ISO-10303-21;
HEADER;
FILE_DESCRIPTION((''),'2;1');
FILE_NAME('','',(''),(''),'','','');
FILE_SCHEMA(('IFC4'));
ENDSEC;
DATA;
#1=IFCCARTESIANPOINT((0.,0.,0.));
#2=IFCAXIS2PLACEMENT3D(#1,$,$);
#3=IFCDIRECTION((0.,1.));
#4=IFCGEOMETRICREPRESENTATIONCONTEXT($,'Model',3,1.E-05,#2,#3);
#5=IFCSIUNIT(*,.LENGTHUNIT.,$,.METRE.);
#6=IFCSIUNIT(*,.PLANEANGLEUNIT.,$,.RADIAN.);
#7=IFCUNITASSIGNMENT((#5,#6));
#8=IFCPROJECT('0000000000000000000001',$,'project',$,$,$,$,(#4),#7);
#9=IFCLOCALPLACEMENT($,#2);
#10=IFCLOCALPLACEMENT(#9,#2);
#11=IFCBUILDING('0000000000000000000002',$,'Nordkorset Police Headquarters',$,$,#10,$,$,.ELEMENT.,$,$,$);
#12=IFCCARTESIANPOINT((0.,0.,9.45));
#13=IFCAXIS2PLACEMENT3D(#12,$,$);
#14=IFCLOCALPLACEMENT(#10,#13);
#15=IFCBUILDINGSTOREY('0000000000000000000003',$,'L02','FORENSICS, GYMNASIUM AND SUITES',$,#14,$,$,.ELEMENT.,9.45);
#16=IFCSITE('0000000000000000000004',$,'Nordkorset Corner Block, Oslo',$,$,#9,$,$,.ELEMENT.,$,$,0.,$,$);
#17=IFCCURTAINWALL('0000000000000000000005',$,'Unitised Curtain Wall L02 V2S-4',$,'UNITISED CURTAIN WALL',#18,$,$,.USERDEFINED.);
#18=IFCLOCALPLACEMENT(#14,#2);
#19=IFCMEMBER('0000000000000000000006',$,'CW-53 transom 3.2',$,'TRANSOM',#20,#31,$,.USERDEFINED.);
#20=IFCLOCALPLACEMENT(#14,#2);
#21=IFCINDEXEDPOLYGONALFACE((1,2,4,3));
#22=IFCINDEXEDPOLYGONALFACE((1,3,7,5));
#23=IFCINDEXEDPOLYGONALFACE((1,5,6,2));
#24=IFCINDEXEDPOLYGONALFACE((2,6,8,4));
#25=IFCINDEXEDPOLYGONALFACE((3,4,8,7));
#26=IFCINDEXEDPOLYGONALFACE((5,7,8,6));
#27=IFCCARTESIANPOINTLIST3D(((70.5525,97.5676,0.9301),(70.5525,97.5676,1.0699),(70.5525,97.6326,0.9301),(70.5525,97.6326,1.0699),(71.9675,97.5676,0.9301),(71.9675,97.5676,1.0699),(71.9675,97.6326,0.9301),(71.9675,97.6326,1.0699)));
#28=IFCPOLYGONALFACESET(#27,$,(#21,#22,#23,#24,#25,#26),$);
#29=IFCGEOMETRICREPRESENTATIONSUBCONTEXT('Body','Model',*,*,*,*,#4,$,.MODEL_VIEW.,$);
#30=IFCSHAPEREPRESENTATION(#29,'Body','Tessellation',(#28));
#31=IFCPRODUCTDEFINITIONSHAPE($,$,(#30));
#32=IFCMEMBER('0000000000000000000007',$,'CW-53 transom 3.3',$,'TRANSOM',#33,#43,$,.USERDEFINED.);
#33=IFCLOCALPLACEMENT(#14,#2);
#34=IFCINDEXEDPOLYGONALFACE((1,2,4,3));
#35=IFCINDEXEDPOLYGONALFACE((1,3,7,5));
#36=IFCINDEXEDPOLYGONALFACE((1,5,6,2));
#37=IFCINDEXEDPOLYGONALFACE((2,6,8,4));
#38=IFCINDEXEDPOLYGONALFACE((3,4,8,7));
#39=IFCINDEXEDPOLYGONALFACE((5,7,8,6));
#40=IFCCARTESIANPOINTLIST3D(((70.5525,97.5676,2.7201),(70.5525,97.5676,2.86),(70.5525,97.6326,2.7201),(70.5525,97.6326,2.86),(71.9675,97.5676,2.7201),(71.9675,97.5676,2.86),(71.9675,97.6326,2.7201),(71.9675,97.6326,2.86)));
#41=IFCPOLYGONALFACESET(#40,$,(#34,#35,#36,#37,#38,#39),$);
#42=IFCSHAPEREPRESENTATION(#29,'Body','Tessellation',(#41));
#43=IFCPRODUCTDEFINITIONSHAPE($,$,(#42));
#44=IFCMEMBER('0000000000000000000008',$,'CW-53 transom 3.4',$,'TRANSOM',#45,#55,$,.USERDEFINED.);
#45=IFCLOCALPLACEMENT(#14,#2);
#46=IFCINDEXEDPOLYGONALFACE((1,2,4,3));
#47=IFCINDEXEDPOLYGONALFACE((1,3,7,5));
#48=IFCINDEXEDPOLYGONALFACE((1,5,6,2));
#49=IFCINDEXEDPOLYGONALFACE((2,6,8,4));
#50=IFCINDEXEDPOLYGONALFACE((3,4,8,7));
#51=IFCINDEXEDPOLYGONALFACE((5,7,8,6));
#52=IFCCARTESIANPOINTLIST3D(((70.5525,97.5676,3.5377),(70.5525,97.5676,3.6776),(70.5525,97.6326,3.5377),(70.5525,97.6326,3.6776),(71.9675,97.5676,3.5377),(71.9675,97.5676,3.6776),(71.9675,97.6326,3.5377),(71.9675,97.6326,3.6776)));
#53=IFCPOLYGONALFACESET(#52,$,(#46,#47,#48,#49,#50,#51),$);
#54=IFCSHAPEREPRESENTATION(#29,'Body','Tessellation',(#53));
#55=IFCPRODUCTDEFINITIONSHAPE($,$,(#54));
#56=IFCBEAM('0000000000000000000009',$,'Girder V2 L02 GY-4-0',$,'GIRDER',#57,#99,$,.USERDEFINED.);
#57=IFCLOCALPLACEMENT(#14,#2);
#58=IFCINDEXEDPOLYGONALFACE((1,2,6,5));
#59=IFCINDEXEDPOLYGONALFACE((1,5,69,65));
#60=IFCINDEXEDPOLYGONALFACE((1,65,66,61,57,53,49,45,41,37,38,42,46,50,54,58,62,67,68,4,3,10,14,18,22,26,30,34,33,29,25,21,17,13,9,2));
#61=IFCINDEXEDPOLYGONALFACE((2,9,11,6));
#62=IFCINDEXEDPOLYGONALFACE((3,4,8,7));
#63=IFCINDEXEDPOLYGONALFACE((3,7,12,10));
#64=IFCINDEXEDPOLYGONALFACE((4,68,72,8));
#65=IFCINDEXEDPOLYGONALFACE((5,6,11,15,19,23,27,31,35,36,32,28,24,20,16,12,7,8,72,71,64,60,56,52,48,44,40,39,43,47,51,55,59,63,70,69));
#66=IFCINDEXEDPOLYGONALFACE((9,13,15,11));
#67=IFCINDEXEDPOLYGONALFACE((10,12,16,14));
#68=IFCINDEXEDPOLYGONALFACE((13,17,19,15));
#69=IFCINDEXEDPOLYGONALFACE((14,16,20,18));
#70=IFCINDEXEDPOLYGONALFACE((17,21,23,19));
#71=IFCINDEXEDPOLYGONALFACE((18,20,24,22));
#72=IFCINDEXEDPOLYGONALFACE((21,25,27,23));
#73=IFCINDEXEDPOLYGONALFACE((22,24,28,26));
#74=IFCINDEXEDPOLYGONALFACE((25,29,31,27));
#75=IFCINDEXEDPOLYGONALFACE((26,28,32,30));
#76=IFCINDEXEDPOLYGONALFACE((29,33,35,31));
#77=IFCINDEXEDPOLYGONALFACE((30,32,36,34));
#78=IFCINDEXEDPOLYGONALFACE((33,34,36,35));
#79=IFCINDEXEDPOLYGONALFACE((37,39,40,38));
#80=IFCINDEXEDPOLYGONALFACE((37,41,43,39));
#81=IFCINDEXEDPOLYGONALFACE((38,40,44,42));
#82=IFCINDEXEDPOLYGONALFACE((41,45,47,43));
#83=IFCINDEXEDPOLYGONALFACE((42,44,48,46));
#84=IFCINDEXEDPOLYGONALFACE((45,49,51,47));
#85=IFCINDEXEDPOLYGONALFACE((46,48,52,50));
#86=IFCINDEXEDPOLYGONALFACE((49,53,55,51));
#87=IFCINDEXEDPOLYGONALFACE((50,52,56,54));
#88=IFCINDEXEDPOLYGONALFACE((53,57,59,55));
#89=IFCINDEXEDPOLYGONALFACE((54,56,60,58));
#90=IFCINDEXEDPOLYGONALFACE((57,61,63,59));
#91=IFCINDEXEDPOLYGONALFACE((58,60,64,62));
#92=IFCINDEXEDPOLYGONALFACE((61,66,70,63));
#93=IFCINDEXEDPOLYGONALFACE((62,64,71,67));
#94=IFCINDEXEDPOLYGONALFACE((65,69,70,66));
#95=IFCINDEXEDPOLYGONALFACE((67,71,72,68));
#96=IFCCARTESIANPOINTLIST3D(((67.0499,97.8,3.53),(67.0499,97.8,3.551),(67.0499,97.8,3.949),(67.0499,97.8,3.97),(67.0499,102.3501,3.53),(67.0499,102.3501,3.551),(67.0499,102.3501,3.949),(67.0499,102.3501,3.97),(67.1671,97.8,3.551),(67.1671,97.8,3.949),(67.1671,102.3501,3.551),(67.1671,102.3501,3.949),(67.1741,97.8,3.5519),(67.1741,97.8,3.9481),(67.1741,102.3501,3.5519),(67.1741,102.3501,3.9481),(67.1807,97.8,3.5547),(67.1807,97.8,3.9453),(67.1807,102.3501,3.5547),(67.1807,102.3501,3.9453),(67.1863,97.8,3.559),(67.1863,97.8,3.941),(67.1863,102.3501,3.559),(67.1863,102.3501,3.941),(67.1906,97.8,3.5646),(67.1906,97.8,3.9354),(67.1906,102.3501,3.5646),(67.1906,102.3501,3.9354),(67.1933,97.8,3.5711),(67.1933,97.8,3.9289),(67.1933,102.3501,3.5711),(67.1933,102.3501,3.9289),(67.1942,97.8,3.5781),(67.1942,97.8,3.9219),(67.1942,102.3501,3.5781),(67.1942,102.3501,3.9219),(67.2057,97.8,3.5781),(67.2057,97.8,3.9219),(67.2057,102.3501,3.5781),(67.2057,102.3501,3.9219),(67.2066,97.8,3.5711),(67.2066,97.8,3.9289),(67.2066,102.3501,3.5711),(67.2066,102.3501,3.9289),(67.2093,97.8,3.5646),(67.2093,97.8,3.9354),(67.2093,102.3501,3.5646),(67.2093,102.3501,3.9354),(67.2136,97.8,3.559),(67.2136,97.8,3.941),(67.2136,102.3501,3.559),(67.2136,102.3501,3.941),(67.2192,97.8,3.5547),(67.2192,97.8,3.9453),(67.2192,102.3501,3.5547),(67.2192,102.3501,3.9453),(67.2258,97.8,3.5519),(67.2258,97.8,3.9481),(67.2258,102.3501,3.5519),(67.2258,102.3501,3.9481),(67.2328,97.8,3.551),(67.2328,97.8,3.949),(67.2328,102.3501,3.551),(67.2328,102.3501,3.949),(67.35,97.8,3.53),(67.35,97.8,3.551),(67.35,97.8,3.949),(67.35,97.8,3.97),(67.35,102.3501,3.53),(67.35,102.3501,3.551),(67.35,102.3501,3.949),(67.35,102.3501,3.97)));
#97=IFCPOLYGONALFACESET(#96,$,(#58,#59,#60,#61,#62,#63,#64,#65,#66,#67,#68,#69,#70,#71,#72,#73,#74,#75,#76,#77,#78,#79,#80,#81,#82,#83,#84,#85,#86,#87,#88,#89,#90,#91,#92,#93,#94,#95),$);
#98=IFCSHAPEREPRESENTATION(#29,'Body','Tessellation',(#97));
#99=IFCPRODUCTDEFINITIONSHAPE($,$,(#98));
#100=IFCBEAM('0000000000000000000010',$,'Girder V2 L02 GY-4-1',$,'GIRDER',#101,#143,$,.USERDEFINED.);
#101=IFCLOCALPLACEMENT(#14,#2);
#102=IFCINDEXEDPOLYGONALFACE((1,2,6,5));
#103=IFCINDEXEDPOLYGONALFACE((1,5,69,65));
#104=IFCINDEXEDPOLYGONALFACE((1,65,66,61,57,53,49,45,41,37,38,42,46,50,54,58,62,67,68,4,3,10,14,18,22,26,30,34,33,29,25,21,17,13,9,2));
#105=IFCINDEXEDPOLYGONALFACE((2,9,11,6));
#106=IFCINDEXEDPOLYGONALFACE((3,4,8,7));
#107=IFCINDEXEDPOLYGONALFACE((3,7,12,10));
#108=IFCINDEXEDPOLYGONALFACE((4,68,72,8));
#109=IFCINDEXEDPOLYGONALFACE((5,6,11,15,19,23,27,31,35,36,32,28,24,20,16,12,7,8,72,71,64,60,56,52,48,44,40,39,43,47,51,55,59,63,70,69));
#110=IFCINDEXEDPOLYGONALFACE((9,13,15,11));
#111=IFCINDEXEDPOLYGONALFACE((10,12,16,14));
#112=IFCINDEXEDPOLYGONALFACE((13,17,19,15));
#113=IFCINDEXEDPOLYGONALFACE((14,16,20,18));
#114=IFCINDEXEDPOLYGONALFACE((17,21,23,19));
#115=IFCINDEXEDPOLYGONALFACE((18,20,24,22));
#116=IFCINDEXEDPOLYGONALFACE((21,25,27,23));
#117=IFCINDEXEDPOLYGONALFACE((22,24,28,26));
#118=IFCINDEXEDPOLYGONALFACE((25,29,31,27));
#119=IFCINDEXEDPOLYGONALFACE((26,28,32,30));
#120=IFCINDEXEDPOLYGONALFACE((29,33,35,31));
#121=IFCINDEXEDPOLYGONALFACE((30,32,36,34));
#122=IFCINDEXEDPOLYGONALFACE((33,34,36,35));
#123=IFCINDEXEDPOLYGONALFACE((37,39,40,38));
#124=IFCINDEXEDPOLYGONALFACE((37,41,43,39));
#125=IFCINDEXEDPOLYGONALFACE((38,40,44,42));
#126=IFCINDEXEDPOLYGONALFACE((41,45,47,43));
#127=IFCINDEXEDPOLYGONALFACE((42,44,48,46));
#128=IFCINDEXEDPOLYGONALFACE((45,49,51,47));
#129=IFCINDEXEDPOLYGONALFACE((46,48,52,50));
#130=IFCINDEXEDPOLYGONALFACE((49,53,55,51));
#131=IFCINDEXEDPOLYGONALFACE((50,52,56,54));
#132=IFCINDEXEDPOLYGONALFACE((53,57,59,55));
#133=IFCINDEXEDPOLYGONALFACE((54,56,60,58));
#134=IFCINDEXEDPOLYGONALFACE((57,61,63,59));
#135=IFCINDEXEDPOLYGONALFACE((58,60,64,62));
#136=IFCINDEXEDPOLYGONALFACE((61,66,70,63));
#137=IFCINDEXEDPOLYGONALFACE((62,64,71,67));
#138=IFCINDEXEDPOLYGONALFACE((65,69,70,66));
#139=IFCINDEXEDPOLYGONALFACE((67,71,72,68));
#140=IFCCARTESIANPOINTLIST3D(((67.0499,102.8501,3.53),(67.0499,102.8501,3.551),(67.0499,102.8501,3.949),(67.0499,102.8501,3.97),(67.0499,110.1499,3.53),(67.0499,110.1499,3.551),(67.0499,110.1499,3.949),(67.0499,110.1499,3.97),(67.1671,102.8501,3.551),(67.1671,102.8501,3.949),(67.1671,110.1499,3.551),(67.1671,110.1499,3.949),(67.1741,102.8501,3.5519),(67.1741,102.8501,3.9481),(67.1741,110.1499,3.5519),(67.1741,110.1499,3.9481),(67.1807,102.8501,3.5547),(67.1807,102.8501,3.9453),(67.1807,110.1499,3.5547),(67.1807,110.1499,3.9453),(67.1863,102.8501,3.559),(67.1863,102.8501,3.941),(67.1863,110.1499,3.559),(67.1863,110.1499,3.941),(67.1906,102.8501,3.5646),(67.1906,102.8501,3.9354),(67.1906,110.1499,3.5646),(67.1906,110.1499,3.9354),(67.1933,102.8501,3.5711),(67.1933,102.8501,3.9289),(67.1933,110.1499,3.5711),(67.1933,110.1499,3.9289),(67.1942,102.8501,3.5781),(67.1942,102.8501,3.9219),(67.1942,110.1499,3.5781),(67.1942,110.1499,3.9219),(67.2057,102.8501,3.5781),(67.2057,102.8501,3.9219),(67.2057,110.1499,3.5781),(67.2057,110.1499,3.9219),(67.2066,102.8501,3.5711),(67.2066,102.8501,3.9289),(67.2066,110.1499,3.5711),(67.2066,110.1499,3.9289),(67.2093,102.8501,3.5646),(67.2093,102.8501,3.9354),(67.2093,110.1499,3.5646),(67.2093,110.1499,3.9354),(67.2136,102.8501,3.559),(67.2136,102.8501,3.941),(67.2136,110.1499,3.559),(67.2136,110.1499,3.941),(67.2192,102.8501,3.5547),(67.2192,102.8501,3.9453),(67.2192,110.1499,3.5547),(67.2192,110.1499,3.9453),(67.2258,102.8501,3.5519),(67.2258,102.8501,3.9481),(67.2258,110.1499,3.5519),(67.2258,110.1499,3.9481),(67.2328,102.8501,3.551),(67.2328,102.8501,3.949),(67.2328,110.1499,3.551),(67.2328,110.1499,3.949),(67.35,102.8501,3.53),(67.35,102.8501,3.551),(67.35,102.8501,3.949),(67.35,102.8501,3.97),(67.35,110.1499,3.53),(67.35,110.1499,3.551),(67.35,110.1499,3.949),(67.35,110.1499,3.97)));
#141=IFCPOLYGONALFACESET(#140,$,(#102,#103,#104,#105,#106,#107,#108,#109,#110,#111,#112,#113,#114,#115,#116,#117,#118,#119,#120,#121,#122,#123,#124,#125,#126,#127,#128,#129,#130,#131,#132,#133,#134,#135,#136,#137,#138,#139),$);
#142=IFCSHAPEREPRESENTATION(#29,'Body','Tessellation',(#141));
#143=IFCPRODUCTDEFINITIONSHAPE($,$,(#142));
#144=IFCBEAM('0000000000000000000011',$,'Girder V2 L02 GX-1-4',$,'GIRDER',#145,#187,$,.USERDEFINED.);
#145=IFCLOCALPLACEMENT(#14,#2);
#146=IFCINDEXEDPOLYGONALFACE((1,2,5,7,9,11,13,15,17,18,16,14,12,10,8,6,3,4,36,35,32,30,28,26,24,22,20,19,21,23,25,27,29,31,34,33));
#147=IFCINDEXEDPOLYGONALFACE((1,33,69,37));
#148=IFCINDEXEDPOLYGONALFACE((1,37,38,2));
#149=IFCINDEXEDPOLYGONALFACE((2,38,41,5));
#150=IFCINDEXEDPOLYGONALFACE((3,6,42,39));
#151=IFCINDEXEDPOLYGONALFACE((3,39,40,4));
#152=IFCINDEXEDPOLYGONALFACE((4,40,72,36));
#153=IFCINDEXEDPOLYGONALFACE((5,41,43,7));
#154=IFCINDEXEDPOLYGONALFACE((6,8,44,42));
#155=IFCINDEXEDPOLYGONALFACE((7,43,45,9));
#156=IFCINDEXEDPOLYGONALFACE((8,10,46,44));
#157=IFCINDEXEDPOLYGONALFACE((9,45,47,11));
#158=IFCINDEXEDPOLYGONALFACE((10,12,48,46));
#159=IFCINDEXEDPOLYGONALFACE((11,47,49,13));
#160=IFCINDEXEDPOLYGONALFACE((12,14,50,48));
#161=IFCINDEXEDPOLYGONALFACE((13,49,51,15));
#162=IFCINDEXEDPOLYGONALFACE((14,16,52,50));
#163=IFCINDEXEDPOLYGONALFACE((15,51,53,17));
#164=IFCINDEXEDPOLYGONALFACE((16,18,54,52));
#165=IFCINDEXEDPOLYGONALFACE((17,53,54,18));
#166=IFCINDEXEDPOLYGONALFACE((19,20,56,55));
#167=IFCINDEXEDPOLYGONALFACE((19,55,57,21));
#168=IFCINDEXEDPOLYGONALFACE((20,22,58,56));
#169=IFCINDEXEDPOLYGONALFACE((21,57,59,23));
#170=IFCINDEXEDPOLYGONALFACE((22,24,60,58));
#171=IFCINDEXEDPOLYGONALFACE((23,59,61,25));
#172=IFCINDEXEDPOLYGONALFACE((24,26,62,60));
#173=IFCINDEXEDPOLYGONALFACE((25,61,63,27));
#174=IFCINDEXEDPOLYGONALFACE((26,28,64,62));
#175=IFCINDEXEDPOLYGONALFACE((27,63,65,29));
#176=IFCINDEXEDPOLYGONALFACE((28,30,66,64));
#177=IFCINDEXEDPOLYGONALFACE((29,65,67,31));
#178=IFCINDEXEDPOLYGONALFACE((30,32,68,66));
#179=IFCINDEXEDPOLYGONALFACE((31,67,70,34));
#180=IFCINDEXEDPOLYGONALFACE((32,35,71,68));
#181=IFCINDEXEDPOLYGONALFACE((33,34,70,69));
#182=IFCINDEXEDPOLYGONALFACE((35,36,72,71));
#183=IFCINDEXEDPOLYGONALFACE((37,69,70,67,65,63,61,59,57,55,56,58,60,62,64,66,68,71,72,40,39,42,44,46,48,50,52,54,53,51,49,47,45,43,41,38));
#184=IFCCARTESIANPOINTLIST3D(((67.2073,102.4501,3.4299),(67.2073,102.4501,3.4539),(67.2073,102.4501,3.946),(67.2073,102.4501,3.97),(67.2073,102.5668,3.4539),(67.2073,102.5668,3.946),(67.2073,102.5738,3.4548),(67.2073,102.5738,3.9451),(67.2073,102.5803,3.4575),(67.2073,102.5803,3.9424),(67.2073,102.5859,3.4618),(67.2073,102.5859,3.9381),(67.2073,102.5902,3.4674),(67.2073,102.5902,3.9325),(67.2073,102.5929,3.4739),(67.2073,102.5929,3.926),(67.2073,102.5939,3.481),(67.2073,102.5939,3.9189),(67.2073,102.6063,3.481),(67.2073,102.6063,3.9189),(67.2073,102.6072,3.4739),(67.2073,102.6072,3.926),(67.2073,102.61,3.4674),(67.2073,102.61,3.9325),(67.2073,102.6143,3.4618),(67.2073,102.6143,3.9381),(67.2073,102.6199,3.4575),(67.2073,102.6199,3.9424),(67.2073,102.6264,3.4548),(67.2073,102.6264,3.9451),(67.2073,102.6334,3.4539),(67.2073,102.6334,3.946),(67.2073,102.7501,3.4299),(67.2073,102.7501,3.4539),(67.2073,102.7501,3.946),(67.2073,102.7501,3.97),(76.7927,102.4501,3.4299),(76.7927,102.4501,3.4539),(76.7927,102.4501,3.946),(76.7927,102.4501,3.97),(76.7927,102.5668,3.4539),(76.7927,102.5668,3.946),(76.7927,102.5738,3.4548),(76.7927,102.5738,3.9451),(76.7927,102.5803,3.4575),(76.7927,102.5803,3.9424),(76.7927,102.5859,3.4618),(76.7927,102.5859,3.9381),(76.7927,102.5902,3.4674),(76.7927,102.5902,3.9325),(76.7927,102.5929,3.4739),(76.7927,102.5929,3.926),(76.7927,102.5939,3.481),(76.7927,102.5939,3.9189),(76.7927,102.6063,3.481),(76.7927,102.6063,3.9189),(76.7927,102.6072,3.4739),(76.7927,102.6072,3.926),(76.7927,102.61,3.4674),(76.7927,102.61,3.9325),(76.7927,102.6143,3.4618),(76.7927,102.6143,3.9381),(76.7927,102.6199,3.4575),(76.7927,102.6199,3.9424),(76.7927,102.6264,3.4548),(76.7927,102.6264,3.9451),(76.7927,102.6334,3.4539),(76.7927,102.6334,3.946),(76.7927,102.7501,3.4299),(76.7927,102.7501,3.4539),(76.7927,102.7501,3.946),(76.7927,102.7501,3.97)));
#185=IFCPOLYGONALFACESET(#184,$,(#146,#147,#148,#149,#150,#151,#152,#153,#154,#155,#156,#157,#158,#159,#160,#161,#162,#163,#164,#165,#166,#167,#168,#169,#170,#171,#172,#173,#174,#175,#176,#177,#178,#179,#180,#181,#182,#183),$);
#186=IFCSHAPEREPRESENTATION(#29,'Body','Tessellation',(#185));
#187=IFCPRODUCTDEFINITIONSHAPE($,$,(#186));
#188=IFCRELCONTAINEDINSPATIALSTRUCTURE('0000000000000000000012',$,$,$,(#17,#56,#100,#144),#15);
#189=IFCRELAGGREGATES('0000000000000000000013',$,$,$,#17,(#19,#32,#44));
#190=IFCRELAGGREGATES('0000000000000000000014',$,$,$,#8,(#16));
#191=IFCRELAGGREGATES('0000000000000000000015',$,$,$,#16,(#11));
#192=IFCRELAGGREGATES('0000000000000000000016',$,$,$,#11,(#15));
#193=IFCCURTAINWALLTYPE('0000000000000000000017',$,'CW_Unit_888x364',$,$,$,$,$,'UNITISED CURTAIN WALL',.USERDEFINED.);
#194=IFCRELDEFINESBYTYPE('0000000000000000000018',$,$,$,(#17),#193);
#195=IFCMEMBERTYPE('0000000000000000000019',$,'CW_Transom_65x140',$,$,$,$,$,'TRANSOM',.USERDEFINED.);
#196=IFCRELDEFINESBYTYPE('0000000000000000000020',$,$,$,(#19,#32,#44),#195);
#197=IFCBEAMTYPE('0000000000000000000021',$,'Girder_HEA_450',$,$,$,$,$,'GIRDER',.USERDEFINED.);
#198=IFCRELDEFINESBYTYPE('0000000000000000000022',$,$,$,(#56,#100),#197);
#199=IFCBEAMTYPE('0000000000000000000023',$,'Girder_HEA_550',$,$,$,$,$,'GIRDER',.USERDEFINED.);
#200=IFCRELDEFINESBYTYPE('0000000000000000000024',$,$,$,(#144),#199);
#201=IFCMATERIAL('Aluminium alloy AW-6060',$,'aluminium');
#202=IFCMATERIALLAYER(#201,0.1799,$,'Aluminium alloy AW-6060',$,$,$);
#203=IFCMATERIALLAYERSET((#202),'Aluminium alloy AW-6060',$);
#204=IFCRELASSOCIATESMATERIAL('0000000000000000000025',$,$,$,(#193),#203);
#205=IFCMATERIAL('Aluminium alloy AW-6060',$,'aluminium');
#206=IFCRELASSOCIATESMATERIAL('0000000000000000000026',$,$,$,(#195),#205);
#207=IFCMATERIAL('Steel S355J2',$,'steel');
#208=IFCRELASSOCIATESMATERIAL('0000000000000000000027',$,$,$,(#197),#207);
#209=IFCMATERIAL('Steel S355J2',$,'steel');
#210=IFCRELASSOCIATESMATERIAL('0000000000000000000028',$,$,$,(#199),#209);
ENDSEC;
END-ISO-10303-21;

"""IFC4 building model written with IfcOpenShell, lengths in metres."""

from ifc_helpers import new_model, si_unit, direction, frame, origin, origin_2d, place, context, subcontext, project, spatial, rectangle, i_section, extrude, material, layer, layer_set, material_profile, profile_set, type_object, element, aggregate, save


model = new_model("IFC4")

# Units and contexts
model_context = context("Model", 3, precision=1e-05, world=origin(), true_north=direction((0.0, 1.0)))
body_context = subcontext(model_context, "Body", "Model", "MODEL_VIEW")
ifc_project = project(units=[si_unit("LENGTHUNIT", "METRE"), si_unit("PLANEANGLEUNIT", "RADIAN")], contexts=[model_context])

# Site, building, storey
site_placement = place(None, origin())
site = spatial("IfcSite", under=ifc_project, at=site_placement, Name="Nordkorset Corner Block, Oslo", CompositionType="ELEMENT", RefElevation=0.0)
building_placement = place(site_placement, origin())
building = spatial("IfcBuilding", under=site, at=building_placement, Name="Nordkorset Police Headquarters", CompositionType="ELEMENT")
storey_placement = place(building_placement, frame((0.0, 0.0, 9.45)))
storey = spatial("IfcBuildingStorey", under=building, at=storey_placement, Name="L02", Description="FORENSICS, GYMNASIUM AND SUITES", CompositionType="ELEMENT", Elevation=9.45)

# Curtain wall, members
ifc_material_1 = material(Name="Aluminium alloy AW-6060", Category="aluminium")
ifc_layer_1 = layer(ifc_material_1, 0.1799, Name="Aluminium alloy AW-6060")
ifc_layer_set_1 = layer_set([ifc_layer_1], Name="Aluminium alloy AW-6060")
curtain_wall_type = type_object("IfcCurtainWallType", Name="CW_Unit_888x364", ElementType="UNITISED CURTAIN WALL", PredefinedType="USERDEFINED", material=ifc_layer_set_1)
curtain_wall_placement = place(storey_placement, origin())
curtain_wall = element("IfcCurtainWall", 1, at=curtain_wall_placement, inside=storey, type_object=curtain_wall_type, Name="Unitised Curtain Wall L02 V2S-4", ObjectType="UNITISED CURTAIN WALL", PredefinedType="USERDEFINED")
ifc_material_2 = material(Name="Aluminium alloy AW-6060", Category="aluminium")
ifc_material_profile_1 = material_profile(ifc_material_2, rectangle(XDim=0.0649, YDim=0.1399, at=origin_2d()), Name="ALU TRAN 65x140")
ifc_profile_set_1 = profile_set([ifc_material_profile_1], Name="Aluminium alloy AW-6060")
member_type_1 = type_object("IfcMemberType", Name="CW_Transom_65x140", ElementType="TRANSOM", PredefinedType="USERDEFINED", material=ifc_profile_set_1)
member_1_placement = place(storey_placement, frame((70.5525, 97.6001, 1.0), z_axis=(1.0, 0.0, 0.0), x_axis=(0.0, 1.0, 0.0)))
member_1 = element("IfcMember", 2, at=member_1_placement, type_object=member_type_1, Name="CW-53 transom 3.2", ObjectType="TRANSOM", PredefinedType="USERDEFINED", context=body_context, shape_type="SweptSolid", body=[
    extrude(rectangle(XDim=0.0649, YDim=0.1399, at=origin_2d()), origin(), (0.0, 0.0, 1.0), 1.415),
])
member_2_placement = place(storey_placement, frame((70.5525, 97.6001, 2.79), z_axis=(1.0, 0.0, 0.0), x_axis=(0.0, 1.0, 0.0)))
member_2 = element("IfcMember", 3, at=member_2_placement, type_object=member_type_1, Name="CW-53 transom 3.3", ObjectType="TRANSOM", PredefinedType="USERDEFINED", context=body_context, shape_type="SweptSolid", body=[
    extrude(rectangle(XDim=0.0649, YDim=0.1399, at=origin_2d()), origin(), (0.0, 0.0, 1.0), 1.415),
])
member_3_placement = place(storey_placement, frame((70.5525, 97.6001, 3.6077), z_axis=(1.0, 0.0, 0.0), x_axis=(0.0, 1.0, 0.0)))
member_3 = element("IfcMember", 4, at=member_3_placement, type_object=member_type_1, Name="CW-53 transom 3.4", ObjectType="TRANSOM", PredefinedType="USERDEFINED", context=body_context, shape_type="SweptSolid", body=[
    extrude(rectangle(XDim=0.0649, YDim=0.1399, at=origin_2d()), origin(), (0.0, 0.0, 1.0), 1.415),
])

# Beams
ifc_material_3 = material(Name="Steel S355J2", Category="steel")
ifc_material_profile_2 = material_profile(ifc_material_3, i_section(OverallWidth=0.3, OverallDepth=0.4399, WebThickness=0.0115, FlangeThickness=0.021, FilletRadius=0.0271, at=origin_2d()), Name="HEA 450")
ifc_profile_set_2 = profile_set([ifc_material_profile_2], Name="Steel S355J2")
beam_type_1 = type_object("IfcBeamType", Name="Girder_HEA_450", ElementType="GIRDER", PredefinedType="USERDEFINED", material=ifc_profile_set_2)
beam_1_placement = place(storey_placement, frame((67.2, 97.8, 3.75), z_axis=(0.0, 1.0, 0.0), x_axis=(-1.0, 0.0, 0.0)))
element("IfcBeam", 5, at=beam_1_placement, inside=storey, type_object=beam_type_1, Name="Girder V2 L02 GY-4-0", ObjectType="GIRDER", PredefinedType="USERDEFINED", context=body_context, shape_type="SweptSolid", body=[
    extrude(i_section(OverallWidth=0.3, OverallDepth=0.4399, WebThickness=0.0115, FlangeThickness=0.021, FilletRadius=0.0271, at=origin_2d()), origin(), (0.0, 0.0, 1.0), 4.55),
])
beam_2_placement = place(storey_placement, frame((67.2, 102.8501, 3.75), z_axis=(0.0, 1.0, 0.0), x_axis=(-1.0, 0.0, 0.0)))
element("IfcBeam", 6, at=beam_2_placement, inside=storey, type_object=beam_type_1, Name="Girder V2 L02 GY-4-1", ObjectType="GIRDER", PredefinedType="USERDEFINED", context=body_context, shape_type="SweptSolid", body=[
    extrude(i_section(OverallWidth=0.3, OverallDepth=0.4399, WebThickness=0.0115, FlangeThickness=0.021, FilletRadius=0.0271, at=origin_2d()), origin(), (0.0, 0.0, 1.0), 7.2998),
])
ifc_material_4 = material(Name="Steel S355J2", Category="steel")
ifc_material_profile_3 = material_profile(ifc_material_4, i_section(OverallWidth=0.3, OverallDepth=0.54, WebThickness=0.0125, FlangeThickness=0.0239, FilletRadius=0.0271, at=origin_2d()), Name="HEA 550")
ifc_profile_set_3 = profile_set([ifc_material_profile_3], Name="Steel S355J2")
beam_type_2 = type_object("IfcBeamType", Name="Girder_HEA_550", ElementType="GIRDER", PredefinedType="USERDEFINED", material=ifc_profile_set_3)
beam_3_placement = place(storey_placement, frame((67.2073, 102.6001, 3.7), z_axis=(1.0, 0.0, 0.0), x_axis=(0.0, 1.0, 0.0)))
element("IfcBeam", 7, at=beam_3_placement, inside=storey, type_object=beam_type_2, Name="Girder V2 L02 GX-1-4", ObjectType="GIRDER", PredefinedType="USERDEFINED", context=body_context, shape_type="SweptSolid", body=[
    extrude(i_section(OverallWidth=0.3, OverallDepth=0.54, WebThickness=0.0125, FlangeThickness=0.0239, FilletRadius=0.0271, at=origin_2d()), origin(), (0.0, 0.0, 1.0), 9.5854),
])

aggregate(curtain_wall, [member_1, member_2, member_3])

save(model, "model.ifc")
